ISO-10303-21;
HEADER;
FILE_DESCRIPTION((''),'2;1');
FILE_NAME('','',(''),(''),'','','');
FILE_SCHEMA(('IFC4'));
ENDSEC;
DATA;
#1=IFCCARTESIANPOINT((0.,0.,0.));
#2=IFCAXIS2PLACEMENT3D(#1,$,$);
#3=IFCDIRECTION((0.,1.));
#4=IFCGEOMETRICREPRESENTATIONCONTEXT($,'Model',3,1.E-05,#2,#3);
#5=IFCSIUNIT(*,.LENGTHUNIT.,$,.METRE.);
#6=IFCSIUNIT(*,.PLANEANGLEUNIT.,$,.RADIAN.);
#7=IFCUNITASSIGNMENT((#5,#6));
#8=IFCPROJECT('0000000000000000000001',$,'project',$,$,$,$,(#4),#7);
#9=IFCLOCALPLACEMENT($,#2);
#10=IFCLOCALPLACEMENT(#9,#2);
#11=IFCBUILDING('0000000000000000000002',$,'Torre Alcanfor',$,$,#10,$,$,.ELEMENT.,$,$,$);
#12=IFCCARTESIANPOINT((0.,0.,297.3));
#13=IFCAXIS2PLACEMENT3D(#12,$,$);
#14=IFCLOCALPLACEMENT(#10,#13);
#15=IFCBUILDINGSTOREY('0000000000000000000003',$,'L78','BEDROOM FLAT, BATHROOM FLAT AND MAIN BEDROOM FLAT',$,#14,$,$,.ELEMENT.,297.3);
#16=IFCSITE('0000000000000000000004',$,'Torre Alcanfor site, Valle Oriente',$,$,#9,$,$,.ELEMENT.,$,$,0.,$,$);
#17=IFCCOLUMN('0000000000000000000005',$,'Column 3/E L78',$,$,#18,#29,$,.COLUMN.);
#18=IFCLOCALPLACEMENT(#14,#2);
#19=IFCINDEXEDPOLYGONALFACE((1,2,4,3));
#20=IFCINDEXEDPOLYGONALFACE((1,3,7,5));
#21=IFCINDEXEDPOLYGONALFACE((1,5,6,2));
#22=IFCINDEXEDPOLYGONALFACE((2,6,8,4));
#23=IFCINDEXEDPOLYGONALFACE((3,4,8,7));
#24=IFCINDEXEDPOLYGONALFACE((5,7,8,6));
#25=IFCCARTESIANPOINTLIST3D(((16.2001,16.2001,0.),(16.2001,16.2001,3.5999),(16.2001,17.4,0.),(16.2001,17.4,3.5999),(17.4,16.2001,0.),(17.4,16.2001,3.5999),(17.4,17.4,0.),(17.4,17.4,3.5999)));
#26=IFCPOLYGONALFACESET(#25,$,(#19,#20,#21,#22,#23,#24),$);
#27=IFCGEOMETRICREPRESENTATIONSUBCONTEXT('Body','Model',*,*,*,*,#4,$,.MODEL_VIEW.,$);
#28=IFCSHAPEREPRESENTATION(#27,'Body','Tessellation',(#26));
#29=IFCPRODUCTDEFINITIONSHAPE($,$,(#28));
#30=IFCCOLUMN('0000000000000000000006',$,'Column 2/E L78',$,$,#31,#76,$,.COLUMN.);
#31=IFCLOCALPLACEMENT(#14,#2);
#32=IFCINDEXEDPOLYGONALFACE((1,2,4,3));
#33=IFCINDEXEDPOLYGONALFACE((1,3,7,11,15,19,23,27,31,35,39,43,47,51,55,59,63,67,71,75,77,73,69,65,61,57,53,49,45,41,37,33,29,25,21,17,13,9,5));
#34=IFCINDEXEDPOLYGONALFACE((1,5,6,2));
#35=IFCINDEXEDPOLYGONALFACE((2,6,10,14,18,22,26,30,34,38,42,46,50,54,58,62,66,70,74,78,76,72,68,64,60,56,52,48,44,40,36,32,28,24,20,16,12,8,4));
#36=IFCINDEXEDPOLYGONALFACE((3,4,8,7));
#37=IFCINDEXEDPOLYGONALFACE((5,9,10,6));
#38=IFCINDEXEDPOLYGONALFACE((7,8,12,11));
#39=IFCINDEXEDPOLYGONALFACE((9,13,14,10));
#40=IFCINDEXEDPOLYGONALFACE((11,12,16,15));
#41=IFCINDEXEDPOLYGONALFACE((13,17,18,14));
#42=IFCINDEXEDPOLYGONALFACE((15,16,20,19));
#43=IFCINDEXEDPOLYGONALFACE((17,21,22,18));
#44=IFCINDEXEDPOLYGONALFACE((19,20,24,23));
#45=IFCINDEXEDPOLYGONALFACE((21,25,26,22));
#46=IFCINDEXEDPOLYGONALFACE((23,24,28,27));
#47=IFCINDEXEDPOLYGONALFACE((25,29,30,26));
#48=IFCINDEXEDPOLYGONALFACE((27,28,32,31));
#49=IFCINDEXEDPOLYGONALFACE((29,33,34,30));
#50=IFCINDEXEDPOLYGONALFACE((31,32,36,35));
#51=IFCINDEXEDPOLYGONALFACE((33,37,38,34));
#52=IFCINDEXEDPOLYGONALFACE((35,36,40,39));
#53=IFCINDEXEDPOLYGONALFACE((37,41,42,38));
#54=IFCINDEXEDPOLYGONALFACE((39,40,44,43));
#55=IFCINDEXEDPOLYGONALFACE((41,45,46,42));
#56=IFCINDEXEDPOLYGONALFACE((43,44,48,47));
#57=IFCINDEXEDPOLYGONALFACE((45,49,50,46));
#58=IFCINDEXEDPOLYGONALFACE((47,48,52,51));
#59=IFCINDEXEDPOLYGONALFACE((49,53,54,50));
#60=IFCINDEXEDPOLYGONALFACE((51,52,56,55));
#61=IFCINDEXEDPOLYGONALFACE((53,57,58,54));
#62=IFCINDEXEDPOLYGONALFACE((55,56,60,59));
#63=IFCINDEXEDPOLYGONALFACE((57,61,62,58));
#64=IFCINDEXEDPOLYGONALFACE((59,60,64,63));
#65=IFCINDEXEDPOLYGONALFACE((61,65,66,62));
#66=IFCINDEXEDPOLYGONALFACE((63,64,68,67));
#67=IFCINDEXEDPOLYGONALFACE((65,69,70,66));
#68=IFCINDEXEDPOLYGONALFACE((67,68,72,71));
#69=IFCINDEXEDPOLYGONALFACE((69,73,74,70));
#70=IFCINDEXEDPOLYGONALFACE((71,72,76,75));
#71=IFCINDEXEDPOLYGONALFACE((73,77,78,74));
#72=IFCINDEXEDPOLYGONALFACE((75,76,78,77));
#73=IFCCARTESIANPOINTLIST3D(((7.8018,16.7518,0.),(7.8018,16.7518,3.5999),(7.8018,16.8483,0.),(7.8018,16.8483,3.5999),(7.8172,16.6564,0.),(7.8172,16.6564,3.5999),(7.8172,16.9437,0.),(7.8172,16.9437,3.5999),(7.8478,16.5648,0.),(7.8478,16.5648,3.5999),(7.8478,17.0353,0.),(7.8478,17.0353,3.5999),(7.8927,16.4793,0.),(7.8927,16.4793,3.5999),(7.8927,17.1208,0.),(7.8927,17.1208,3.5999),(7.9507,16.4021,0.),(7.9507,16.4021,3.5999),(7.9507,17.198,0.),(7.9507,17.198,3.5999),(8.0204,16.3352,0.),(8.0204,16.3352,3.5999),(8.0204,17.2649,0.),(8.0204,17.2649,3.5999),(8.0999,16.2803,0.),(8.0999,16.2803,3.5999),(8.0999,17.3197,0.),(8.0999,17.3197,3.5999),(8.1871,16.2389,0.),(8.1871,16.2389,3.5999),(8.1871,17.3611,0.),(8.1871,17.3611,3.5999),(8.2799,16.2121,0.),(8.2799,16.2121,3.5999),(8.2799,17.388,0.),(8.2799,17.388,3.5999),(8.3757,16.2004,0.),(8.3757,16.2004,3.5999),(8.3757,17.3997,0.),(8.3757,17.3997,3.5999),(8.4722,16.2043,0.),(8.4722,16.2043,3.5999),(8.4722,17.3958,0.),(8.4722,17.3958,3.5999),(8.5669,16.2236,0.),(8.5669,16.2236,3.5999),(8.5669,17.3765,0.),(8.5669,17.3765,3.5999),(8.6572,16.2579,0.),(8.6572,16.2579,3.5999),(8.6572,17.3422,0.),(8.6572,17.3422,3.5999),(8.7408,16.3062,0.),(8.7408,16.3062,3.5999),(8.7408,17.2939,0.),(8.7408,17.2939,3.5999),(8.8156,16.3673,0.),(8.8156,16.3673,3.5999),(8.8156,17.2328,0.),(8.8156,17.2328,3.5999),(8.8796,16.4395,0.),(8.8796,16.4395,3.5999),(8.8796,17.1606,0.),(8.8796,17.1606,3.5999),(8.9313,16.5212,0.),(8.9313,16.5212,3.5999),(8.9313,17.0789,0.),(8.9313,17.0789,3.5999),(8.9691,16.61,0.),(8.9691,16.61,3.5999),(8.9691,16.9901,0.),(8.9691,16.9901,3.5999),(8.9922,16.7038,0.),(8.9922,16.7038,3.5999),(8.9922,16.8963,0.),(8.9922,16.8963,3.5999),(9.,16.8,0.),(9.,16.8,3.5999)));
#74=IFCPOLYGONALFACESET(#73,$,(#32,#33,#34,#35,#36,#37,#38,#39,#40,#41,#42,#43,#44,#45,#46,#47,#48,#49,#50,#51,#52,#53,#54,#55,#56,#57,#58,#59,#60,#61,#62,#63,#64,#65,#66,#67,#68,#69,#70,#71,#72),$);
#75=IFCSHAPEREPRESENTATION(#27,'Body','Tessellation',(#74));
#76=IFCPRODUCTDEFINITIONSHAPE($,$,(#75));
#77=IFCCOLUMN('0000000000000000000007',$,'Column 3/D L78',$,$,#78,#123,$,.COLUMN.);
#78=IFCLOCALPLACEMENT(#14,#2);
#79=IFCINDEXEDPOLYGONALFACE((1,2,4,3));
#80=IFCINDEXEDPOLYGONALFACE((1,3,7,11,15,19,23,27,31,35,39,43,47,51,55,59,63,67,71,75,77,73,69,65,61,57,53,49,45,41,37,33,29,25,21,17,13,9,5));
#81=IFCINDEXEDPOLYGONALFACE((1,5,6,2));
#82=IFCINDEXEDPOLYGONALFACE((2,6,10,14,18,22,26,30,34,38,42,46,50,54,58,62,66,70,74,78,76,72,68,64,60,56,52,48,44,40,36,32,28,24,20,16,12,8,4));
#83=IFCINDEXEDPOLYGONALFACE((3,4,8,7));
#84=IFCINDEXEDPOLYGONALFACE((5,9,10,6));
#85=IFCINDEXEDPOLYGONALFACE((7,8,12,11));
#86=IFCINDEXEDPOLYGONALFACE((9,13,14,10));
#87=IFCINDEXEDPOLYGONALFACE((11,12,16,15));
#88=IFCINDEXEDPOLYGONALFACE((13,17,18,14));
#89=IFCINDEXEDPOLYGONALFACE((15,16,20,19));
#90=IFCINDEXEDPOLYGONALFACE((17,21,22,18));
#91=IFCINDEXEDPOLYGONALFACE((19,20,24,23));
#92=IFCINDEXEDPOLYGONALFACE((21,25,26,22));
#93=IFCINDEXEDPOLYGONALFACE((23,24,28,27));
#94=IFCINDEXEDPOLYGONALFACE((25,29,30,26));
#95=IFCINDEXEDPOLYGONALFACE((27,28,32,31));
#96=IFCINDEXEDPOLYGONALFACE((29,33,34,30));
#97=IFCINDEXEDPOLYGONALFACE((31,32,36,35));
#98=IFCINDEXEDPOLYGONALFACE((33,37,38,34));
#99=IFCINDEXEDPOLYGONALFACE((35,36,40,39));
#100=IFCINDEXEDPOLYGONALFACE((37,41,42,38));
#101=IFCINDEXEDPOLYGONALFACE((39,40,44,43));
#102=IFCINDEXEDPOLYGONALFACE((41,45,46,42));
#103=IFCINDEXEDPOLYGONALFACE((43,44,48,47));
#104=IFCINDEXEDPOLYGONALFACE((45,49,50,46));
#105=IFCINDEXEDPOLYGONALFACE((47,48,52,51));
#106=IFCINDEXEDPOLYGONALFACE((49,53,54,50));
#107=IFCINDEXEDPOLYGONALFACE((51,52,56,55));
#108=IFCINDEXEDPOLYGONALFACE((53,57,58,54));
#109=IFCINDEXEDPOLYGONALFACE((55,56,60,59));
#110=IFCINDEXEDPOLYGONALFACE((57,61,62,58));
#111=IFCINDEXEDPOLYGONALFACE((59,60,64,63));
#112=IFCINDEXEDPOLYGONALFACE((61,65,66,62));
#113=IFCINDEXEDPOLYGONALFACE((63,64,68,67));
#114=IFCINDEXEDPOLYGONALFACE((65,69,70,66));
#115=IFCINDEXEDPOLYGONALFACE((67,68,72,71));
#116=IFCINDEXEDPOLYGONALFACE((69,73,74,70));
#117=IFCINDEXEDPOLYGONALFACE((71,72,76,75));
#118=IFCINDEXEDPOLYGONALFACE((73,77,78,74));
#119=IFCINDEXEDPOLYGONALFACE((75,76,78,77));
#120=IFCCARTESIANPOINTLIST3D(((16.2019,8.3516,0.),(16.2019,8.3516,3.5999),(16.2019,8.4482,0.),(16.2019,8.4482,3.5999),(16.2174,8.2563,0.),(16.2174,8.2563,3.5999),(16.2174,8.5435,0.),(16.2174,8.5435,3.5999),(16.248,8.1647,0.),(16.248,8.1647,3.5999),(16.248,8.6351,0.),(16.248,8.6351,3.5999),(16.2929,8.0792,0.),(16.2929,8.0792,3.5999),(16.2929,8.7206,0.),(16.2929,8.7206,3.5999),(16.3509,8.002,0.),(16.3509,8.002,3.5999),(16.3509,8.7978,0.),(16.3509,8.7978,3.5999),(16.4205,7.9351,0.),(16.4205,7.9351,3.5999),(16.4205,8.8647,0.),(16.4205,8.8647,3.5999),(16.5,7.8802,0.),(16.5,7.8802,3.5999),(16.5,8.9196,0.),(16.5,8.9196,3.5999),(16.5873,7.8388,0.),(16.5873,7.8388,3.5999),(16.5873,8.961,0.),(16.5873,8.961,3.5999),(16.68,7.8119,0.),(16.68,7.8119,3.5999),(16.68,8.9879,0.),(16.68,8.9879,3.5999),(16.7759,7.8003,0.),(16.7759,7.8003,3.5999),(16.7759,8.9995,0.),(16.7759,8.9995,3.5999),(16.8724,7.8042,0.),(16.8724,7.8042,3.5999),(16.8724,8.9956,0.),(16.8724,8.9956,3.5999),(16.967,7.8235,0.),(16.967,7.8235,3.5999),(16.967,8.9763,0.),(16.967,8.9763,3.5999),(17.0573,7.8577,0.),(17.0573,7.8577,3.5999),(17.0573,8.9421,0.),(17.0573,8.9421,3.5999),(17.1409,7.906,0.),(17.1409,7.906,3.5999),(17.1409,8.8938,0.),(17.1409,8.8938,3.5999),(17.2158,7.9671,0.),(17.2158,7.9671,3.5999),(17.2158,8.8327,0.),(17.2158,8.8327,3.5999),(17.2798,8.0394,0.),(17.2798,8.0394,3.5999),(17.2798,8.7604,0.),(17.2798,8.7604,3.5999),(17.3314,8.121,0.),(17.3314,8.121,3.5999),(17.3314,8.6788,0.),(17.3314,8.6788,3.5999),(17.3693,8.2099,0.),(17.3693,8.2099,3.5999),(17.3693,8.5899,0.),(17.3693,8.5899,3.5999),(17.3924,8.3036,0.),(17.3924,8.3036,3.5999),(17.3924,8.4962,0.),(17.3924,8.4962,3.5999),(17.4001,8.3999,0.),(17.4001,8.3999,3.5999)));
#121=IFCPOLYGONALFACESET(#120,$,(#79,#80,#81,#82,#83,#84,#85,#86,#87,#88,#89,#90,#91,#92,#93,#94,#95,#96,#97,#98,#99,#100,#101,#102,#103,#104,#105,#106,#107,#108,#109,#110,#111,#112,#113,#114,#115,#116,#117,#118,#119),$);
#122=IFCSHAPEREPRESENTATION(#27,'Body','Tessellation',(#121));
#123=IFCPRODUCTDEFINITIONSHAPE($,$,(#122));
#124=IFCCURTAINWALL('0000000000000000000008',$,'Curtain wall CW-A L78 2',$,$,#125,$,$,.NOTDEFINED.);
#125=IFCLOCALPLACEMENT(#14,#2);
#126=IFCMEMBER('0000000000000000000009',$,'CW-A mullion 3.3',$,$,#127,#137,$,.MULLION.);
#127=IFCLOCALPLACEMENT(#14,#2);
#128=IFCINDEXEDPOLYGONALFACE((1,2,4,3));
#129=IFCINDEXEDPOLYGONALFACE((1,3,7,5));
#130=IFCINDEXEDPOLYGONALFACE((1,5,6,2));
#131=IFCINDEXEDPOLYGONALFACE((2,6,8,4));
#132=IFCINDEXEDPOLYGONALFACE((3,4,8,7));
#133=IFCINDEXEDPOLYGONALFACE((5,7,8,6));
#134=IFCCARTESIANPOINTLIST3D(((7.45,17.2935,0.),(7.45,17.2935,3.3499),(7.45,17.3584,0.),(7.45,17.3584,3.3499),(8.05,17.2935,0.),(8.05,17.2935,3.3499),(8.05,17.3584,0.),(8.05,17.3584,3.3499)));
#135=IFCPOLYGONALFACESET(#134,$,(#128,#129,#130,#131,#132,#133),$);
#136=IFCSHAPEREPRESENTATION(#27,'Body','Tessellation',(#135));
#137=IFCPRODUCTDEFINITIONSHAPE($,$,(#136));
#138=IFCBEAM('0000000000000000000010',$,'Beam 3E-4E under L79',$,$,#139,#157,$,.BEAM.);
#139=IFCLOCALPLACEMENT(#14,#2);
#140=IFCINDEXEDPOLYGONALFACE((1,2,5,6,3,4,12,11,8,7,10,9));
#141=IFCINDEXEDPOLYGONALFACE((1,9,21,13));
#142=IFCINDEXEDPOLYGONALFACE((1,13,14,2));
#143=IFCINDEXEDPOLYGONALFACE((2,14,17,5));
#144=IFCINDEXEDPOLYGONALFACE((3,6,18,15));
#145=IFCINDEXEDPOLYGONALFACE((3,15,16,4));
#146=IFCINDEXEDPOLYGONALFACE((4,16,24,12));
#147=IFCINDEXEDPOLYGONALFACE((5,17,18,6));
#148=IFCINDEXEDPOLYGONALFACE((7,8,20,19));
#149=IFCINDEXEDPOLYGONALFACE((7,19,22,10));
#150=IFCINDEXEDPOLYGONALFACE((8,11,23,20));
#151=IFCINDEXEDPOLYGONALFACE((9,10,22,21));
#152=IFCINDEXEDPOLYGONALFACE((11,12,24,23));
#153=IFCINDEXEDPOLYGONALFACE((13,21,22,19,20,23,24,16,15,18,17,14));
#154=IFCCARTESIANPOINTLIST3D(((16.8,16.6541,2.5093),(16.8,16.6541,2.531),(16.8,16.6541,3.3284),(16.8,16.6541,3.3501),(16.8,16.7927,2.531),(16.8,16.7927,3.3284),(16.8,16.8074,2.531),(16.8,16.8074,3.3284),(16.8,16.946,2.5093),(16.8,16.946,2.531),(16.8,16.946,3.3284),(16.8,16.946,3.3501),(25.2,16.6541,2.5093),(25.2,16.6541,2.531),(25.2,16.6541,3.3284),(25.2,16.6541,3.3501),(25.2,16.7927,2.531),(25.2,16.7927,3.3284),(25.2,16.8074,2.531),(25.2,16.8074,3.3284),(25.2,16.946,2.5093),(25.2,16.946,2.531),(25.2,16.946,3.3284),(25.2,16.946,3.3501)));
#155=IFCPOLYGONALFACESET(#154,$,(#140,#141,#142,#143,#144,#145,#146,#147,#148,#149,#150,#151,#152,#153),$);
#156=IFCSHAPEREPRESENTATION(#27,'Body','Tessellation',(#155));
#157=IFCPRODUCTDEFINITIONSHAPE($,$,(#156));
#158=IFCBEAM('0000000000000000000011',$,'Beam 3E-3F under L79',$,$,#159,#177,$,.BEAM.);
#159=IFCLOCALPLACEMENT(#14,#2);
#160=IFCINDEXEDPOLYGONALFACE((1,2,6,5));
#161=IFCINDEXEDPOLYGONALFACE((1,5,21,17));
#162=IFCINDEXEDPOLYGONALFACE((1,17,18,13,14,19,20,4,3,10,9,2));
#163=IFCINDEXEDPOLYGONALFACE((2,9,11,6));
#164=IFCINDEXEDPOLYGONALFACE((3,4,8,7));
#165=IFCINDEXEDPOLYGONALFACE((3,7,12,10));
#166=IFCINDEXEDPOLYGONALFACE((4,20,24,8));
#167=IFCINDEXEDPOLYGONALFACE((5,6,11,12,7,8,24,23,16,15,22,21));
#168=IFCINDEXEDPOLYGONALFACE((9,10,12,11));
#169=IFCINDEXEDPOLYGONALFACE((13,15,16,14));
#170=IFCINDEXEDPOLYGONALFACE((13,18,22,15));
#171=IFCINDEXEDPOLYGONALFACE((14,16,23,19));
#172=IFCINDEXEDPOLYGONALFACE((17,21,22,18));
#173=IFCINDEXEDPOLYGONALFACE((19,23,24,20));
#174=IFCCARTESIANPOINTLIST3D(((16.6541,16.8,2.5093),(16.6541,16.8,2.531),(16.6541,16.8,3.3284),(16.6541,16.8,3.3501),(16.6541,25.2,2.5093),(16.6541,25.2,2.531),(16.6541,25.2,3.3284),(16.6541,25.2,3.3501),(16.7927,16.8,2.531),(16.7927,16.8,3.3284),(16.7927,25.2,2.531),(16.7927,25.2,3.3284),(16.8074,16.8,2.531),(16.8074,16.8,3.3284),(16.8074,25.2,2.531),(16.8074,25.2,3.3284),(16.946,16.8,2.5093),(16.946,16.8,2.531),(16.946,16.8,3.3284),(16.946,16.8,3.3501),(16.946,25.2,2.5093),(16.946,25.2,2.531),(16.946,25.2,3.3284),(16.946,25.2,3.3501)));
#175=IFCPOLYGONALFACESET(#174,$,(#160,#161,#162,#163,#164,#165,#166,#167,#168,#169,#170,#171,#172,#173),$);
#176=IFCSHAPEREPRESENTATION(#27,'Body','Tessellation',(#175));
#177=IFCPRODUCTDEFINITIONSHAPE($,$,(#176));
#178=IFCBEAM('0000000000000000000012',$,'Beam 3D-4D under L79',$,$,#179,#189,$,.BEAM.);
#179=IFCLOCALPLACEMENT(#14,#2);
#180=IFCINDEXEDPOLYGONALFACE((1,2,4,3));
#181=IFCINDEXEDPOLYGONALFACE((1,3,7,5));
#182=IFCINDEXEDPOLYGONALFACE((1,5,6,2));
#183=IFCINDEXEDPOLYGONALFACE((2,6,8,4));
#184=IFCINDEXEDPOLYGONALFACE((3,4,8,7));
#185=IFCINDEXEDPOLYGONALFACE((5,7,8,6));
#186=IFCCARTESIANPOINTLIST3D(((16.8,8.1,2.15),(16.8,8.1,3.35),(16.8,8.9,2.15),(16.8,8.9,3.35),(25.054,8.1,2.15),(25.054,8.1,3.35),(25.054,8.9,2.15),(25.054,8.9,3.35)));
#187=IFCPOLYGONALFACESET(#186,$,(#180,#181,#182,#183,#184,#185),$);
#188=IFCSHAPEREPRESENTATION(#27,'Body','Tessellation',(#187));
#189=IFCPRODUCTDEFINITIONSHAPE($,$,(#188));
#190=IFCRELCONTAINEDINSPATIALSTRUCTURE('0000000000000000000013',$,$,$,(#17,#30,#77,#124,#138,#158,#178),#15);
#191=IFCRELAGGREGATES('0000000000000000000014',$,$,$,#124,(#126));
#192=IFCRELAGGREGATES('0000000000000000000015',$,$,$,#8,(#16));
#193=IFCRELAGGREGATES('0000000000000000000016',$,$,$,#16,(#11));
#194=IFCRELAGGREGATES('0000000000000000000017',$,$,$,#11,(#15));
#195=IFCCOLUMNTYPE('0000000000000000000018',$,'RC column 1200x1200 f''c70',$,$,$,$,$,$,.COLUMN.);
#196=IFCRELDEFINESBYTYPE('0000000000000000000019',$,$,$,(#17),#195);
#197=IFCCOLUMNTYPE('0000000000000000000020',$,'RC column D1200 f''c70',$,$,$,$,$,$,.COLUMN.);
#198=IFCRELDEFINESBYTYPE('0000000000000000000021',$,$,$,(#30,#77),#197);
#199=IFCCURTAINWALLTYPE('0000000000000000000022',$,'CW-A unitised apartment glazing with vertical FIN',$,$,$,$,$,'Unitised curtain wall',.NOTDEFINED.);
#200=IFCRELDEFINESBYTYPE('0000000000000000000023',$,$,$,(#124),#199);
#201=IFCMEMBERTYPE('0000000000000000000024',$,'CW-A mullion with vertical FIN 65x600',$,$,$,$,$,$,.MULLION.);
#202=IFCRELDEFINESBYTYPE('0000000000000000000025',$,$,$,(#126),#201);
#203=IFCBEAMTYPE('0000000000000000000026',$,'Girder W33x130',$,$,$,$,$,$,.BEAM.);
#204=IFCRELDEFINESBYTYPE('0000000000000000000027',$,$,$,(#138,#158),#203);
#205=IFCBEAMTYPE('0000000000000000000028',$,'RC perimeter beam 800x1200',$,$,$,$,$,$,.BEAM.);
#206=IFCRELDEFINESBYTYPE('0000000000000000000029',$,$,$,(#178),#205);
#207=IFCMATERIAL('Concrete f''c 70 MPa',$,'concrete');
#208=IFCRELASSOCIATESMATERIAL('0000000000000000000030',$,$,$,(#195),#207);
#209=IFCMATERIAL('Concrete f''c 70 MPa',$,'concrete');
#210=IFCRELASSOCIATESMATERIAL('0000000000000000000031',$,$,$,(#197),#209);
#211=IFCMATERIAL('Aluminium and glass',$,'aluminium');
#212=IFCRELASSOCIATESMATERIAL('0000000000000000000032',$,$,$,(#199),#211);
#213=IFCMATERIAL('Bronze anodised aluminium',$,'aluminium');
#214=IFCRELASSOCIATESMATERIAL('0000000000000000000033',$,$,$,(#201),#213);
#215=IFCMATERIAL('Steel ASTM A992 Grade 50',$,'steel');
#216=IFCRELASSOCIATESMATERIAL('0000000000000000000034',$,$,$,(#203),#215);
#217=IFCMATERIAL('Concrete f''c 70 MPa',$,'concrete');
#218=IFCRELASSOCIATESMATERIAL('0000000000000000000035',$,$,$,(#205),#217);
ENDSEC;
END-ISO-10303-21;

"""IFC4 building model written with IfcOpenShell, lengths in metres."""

from ifc_helpers import new_model, si_unit, direction, frame, origin, origin_2d, place, context, subcontext, project, spatial, rectangle, circle, i_section, extrude, material, material_profile, profile_set, type_object, element, aggregate, save


model = new_model("IFC4")

# Units and contexts
model_context = context("Model", 3, precision=1e-05, world=origin(), true_north=direction((0.0, 1.0)))
body_context = subcontext(model_context, "Body", "Model", "MODEL_VIEW")
ifc_project = project(units=[si_unit("LENGTHUNIT", "METRE"), si_unit("PLANEANGLEUNIT", "RADIAN")], contexts=[model_context])

# Site, building, storey
site_placement = place(None, origin())
site = spatial("IfcSite", under=ifc_project, at=site_placement, Name="Torre Alcanfor site, Valle Oriente", CompositionType="ELEMENT", RefElevation=0.0)
building_placement = place(site_placement, origin())
building = spatial("IfcBuilding", under=site, at=building_placement, Name="Torre Alcanfor", CompositionType="ELEMENT")
storey_placement = place(building_placement, frame((0.0, 0.0, 297.3)))
storey = spatial("IfcBuildingStorey", under=building, at=storey_placement, Name="L78", Description="BEDROOM FLAT, BATHROOM FLAT AND MAIN BEDROOM FLAT", CompositionType="ELEMENT", Elevation=297.3)

# Columns
ifc_material_1 = material(Name="Concrete f'c 70 MPa", Category="concrete")
ifc_material_profile_1 = material_profile(ifc_material_1, rectangle(XDim=1.2, YDim=1.2, at=origin_2d()), Name="1200x1200")
ifc_profile_set_1 = profile_set([ifc_material_profile_1], Name="Concrete f'c 70 MPa")
column_type_1 = type_object("IfcColumnType", Name="RC column 1200x1200 f'c70", PredefinedType="COLUMN", material=ifc_profile_set_1)
column_placement = place(storey_placement, frame((16.8, 16.8, 0.0), z_axis=(0.0, 0.0, 1.0), x_axis=(1.0, 0.0, 0.0)))
element("IfcColumn", 1, at=column_placement, inside=storey, type_object=column_type_1, Name="Column 3/E L78", PredefinedType="COLUMN", context=body_context, shape_type="SweptSolid", body=[
    extrude(rectangle(XDim=1.2, YDim=1.2, at=origin_2d()), origin(), (0.0, 0.0, 1.0), 3.5999),
])
ifc_material_2 = material(Name="Concrete f'c 70 MPa", Category="concrete")
ifc_material_profile_2 = material_profile(ifc_material_2, circle(Radius=0.6001, at=origin_2d()), Name="D1200")
ifc_profile_set_2 = profile_set([ifc_material_profile_2], Name="Concrete f'c 70 MPa")
column_type_2 = type_object("IfcColumnType", Name="RC column D1200 f'c70", PredefinedType="COLUMN", material=ifc_profile_set_2)
for number, where, z_axis, x_axis, name in (
    (2, (8.3999, 16.8, 0.0), (0.0, 0.0, 1.0), (1.0, 0.0, 0.0), "Column 2/E L78"),
    (3, (16.8, 8.3999, 0.0), (0.0, 0.0, 1.0), (1.0, 0.0, 0.0), "Column 3/D L78"),
):
    element("IfcColumn", number, at=place(storey_placement, frame(where, z_axis=z_axis, x_axis=x_axis)), inside=storey, type_object=column_type_2, Name=name, PredefinedType="COLUMN", context=body_context, shape_type="SweptSolid", body=[
        extrude(circle(Radius=0.6001, at=origin_2d()), origin(), (0.0, 0.0, 1.0), 3.5999),
    ])

# Curtain wall, member
ifc_material_3 = material(Name="Aluminium and glass", Category="aluminium")
curtain_wall_type = type_object("IfcCurtainWallType", Name="CW-A unitised apartment glazing with vertical FIN", ElementType="Unitised curtain wall", PredefinedType="NOTDEFINED", material=ifc_material_3)
curtain_wall_placement = place(storey_placement, origin())
curtain_wall = element("IfcCurtainWall", 4, at=curtain_wall_placement, inside=storey, type_object=curtain_wall_type, Name="Curtain wall CW-A L78 2", PredefinedType="NOTDEFINED")
ifc_material_4 = material(Name="Bronze anodised aluminium", Category="aluminium")
ifc_material_profile_3 = material_profile(ifc_material_4, rectangle(XDim=0.6001, YDim=0.0649, at=origin_2d()), Name="CW-A mullion 65x600")
ifc_profile_set_3 = profile_set([ifc_material_profile_3], Name="Bronze anodised aluminium")
member_type = type_object("IfcMemberType", Name="CW-A mullion with vertical FIN 65x600", PredefinedType="MULLION", material=ifc_profile_set_3)
member_placement = place(storey_placement, frame((7.75, 17.3259, 0.0), z_axis=(0.0, 0.0, 1.0), x_axis=(1.0, 0.0, 0.0)))
member = element("IfcMember", 5, at=member_placement, type_object=member_type, Name="CW-A mullion 3.3", PredefinedType="MULLION", context=body_context, shape_type="SweptSolid", body=[
    extrude(rectangle(XDim=0.6001, YDim=0.0649, at=origin_2d()), origin(), (0.0, 0.0, 1.0), 3.3499),
])
aggregate(curtain_wall, [member])

# Beams
ifc_material_5 = material(Name="Steel ASTM A992 Grade 50", Category="steel")
ifc_material_profile_4 = material_profile(ifc_material_5, i_section(OverallWidth=0.292, OverallDepth=0.8408, WebThickness=0.0146, FlangeThickness=0.0217, at=origin_2d()), Name="W33x130")
ifc_profile_set_4 = profile_set([ifc_material_profile_4], Name="Steel ASTM A992 Grade 50")
beam_type_1 = type_object("IfcBeamType", Name="Girder W33x130", PredefinedType="BEAM", material=ifc_profile_set_4)
for number, where, z_axis, x_axis, name in (
    (6, (16.8, 16.8, 2.9297), (1.0, 0.0, 0.0), (0.0, 1.0, 0.0), "Beam 3E-4E under L79"),
    (7, (16.8, 16.8, 2.9297), (0.0, 1.0, 0.0), (-1.0, 0.0, 0.0), "Beam 3E-3F under L79"),
):
    element("IfcBeam", number, at=place(storey_placement, frame(where, z_axis=z_axis, x_axis=x_axis)), inside=storey, type_object=beam_type_1, Name=name, PredefinedType="BEAM", context=body_context, shape_type="SweptSolid", body=[
        extrude(i_section(OverallWidth=0.292, OverallDepth=0.8408, WebThickness=0.0146, FlangeThickness=0.0217, at=origin_2d()), origin(), (0.0, 0.0, 1.0), 8.3999),
    ])
ifc_material_6 = material(Name="Concrete f'c 70 MPa", Category="concrete")
ifc_material_profile_5 = material_profile(ifc_material_6, rectangle(XDim=0.8, YDim=1.2, at=origin_2d()), Name="800x1200")
ifc_profile_set_5 = profile_set([ifc_material_profile_5], Name="Concrete f'c 70 MPa")
beam_type_2 = type_object("IfcBeamType", Name="RC perimeter beam 800x1200", PredefinedType="BEAM", material=ifc_profile_set_5)
beam_1_placement = place(storey_placement, frame((16.8, 8.5, 2.75), z_axis=(1.0, 0.0, 0.0), x_axis=(0.0, 1.0, 0.0)))
element("IfcBeam", 8, at=beam_1_placement, inside=storey, type_object=beam_type_2, Name="Beam 3D-4D under L79", PredefinedType="BEAM", context=body_context, shape_type="SweptSolid", body=[
    extrude(rectangle(XDim=0.8, YDim=1.2, at=origin_2d()), origin(), (0.0, 0.0, 1.0), 8.2539),
])

save(model, "model.ifc")
